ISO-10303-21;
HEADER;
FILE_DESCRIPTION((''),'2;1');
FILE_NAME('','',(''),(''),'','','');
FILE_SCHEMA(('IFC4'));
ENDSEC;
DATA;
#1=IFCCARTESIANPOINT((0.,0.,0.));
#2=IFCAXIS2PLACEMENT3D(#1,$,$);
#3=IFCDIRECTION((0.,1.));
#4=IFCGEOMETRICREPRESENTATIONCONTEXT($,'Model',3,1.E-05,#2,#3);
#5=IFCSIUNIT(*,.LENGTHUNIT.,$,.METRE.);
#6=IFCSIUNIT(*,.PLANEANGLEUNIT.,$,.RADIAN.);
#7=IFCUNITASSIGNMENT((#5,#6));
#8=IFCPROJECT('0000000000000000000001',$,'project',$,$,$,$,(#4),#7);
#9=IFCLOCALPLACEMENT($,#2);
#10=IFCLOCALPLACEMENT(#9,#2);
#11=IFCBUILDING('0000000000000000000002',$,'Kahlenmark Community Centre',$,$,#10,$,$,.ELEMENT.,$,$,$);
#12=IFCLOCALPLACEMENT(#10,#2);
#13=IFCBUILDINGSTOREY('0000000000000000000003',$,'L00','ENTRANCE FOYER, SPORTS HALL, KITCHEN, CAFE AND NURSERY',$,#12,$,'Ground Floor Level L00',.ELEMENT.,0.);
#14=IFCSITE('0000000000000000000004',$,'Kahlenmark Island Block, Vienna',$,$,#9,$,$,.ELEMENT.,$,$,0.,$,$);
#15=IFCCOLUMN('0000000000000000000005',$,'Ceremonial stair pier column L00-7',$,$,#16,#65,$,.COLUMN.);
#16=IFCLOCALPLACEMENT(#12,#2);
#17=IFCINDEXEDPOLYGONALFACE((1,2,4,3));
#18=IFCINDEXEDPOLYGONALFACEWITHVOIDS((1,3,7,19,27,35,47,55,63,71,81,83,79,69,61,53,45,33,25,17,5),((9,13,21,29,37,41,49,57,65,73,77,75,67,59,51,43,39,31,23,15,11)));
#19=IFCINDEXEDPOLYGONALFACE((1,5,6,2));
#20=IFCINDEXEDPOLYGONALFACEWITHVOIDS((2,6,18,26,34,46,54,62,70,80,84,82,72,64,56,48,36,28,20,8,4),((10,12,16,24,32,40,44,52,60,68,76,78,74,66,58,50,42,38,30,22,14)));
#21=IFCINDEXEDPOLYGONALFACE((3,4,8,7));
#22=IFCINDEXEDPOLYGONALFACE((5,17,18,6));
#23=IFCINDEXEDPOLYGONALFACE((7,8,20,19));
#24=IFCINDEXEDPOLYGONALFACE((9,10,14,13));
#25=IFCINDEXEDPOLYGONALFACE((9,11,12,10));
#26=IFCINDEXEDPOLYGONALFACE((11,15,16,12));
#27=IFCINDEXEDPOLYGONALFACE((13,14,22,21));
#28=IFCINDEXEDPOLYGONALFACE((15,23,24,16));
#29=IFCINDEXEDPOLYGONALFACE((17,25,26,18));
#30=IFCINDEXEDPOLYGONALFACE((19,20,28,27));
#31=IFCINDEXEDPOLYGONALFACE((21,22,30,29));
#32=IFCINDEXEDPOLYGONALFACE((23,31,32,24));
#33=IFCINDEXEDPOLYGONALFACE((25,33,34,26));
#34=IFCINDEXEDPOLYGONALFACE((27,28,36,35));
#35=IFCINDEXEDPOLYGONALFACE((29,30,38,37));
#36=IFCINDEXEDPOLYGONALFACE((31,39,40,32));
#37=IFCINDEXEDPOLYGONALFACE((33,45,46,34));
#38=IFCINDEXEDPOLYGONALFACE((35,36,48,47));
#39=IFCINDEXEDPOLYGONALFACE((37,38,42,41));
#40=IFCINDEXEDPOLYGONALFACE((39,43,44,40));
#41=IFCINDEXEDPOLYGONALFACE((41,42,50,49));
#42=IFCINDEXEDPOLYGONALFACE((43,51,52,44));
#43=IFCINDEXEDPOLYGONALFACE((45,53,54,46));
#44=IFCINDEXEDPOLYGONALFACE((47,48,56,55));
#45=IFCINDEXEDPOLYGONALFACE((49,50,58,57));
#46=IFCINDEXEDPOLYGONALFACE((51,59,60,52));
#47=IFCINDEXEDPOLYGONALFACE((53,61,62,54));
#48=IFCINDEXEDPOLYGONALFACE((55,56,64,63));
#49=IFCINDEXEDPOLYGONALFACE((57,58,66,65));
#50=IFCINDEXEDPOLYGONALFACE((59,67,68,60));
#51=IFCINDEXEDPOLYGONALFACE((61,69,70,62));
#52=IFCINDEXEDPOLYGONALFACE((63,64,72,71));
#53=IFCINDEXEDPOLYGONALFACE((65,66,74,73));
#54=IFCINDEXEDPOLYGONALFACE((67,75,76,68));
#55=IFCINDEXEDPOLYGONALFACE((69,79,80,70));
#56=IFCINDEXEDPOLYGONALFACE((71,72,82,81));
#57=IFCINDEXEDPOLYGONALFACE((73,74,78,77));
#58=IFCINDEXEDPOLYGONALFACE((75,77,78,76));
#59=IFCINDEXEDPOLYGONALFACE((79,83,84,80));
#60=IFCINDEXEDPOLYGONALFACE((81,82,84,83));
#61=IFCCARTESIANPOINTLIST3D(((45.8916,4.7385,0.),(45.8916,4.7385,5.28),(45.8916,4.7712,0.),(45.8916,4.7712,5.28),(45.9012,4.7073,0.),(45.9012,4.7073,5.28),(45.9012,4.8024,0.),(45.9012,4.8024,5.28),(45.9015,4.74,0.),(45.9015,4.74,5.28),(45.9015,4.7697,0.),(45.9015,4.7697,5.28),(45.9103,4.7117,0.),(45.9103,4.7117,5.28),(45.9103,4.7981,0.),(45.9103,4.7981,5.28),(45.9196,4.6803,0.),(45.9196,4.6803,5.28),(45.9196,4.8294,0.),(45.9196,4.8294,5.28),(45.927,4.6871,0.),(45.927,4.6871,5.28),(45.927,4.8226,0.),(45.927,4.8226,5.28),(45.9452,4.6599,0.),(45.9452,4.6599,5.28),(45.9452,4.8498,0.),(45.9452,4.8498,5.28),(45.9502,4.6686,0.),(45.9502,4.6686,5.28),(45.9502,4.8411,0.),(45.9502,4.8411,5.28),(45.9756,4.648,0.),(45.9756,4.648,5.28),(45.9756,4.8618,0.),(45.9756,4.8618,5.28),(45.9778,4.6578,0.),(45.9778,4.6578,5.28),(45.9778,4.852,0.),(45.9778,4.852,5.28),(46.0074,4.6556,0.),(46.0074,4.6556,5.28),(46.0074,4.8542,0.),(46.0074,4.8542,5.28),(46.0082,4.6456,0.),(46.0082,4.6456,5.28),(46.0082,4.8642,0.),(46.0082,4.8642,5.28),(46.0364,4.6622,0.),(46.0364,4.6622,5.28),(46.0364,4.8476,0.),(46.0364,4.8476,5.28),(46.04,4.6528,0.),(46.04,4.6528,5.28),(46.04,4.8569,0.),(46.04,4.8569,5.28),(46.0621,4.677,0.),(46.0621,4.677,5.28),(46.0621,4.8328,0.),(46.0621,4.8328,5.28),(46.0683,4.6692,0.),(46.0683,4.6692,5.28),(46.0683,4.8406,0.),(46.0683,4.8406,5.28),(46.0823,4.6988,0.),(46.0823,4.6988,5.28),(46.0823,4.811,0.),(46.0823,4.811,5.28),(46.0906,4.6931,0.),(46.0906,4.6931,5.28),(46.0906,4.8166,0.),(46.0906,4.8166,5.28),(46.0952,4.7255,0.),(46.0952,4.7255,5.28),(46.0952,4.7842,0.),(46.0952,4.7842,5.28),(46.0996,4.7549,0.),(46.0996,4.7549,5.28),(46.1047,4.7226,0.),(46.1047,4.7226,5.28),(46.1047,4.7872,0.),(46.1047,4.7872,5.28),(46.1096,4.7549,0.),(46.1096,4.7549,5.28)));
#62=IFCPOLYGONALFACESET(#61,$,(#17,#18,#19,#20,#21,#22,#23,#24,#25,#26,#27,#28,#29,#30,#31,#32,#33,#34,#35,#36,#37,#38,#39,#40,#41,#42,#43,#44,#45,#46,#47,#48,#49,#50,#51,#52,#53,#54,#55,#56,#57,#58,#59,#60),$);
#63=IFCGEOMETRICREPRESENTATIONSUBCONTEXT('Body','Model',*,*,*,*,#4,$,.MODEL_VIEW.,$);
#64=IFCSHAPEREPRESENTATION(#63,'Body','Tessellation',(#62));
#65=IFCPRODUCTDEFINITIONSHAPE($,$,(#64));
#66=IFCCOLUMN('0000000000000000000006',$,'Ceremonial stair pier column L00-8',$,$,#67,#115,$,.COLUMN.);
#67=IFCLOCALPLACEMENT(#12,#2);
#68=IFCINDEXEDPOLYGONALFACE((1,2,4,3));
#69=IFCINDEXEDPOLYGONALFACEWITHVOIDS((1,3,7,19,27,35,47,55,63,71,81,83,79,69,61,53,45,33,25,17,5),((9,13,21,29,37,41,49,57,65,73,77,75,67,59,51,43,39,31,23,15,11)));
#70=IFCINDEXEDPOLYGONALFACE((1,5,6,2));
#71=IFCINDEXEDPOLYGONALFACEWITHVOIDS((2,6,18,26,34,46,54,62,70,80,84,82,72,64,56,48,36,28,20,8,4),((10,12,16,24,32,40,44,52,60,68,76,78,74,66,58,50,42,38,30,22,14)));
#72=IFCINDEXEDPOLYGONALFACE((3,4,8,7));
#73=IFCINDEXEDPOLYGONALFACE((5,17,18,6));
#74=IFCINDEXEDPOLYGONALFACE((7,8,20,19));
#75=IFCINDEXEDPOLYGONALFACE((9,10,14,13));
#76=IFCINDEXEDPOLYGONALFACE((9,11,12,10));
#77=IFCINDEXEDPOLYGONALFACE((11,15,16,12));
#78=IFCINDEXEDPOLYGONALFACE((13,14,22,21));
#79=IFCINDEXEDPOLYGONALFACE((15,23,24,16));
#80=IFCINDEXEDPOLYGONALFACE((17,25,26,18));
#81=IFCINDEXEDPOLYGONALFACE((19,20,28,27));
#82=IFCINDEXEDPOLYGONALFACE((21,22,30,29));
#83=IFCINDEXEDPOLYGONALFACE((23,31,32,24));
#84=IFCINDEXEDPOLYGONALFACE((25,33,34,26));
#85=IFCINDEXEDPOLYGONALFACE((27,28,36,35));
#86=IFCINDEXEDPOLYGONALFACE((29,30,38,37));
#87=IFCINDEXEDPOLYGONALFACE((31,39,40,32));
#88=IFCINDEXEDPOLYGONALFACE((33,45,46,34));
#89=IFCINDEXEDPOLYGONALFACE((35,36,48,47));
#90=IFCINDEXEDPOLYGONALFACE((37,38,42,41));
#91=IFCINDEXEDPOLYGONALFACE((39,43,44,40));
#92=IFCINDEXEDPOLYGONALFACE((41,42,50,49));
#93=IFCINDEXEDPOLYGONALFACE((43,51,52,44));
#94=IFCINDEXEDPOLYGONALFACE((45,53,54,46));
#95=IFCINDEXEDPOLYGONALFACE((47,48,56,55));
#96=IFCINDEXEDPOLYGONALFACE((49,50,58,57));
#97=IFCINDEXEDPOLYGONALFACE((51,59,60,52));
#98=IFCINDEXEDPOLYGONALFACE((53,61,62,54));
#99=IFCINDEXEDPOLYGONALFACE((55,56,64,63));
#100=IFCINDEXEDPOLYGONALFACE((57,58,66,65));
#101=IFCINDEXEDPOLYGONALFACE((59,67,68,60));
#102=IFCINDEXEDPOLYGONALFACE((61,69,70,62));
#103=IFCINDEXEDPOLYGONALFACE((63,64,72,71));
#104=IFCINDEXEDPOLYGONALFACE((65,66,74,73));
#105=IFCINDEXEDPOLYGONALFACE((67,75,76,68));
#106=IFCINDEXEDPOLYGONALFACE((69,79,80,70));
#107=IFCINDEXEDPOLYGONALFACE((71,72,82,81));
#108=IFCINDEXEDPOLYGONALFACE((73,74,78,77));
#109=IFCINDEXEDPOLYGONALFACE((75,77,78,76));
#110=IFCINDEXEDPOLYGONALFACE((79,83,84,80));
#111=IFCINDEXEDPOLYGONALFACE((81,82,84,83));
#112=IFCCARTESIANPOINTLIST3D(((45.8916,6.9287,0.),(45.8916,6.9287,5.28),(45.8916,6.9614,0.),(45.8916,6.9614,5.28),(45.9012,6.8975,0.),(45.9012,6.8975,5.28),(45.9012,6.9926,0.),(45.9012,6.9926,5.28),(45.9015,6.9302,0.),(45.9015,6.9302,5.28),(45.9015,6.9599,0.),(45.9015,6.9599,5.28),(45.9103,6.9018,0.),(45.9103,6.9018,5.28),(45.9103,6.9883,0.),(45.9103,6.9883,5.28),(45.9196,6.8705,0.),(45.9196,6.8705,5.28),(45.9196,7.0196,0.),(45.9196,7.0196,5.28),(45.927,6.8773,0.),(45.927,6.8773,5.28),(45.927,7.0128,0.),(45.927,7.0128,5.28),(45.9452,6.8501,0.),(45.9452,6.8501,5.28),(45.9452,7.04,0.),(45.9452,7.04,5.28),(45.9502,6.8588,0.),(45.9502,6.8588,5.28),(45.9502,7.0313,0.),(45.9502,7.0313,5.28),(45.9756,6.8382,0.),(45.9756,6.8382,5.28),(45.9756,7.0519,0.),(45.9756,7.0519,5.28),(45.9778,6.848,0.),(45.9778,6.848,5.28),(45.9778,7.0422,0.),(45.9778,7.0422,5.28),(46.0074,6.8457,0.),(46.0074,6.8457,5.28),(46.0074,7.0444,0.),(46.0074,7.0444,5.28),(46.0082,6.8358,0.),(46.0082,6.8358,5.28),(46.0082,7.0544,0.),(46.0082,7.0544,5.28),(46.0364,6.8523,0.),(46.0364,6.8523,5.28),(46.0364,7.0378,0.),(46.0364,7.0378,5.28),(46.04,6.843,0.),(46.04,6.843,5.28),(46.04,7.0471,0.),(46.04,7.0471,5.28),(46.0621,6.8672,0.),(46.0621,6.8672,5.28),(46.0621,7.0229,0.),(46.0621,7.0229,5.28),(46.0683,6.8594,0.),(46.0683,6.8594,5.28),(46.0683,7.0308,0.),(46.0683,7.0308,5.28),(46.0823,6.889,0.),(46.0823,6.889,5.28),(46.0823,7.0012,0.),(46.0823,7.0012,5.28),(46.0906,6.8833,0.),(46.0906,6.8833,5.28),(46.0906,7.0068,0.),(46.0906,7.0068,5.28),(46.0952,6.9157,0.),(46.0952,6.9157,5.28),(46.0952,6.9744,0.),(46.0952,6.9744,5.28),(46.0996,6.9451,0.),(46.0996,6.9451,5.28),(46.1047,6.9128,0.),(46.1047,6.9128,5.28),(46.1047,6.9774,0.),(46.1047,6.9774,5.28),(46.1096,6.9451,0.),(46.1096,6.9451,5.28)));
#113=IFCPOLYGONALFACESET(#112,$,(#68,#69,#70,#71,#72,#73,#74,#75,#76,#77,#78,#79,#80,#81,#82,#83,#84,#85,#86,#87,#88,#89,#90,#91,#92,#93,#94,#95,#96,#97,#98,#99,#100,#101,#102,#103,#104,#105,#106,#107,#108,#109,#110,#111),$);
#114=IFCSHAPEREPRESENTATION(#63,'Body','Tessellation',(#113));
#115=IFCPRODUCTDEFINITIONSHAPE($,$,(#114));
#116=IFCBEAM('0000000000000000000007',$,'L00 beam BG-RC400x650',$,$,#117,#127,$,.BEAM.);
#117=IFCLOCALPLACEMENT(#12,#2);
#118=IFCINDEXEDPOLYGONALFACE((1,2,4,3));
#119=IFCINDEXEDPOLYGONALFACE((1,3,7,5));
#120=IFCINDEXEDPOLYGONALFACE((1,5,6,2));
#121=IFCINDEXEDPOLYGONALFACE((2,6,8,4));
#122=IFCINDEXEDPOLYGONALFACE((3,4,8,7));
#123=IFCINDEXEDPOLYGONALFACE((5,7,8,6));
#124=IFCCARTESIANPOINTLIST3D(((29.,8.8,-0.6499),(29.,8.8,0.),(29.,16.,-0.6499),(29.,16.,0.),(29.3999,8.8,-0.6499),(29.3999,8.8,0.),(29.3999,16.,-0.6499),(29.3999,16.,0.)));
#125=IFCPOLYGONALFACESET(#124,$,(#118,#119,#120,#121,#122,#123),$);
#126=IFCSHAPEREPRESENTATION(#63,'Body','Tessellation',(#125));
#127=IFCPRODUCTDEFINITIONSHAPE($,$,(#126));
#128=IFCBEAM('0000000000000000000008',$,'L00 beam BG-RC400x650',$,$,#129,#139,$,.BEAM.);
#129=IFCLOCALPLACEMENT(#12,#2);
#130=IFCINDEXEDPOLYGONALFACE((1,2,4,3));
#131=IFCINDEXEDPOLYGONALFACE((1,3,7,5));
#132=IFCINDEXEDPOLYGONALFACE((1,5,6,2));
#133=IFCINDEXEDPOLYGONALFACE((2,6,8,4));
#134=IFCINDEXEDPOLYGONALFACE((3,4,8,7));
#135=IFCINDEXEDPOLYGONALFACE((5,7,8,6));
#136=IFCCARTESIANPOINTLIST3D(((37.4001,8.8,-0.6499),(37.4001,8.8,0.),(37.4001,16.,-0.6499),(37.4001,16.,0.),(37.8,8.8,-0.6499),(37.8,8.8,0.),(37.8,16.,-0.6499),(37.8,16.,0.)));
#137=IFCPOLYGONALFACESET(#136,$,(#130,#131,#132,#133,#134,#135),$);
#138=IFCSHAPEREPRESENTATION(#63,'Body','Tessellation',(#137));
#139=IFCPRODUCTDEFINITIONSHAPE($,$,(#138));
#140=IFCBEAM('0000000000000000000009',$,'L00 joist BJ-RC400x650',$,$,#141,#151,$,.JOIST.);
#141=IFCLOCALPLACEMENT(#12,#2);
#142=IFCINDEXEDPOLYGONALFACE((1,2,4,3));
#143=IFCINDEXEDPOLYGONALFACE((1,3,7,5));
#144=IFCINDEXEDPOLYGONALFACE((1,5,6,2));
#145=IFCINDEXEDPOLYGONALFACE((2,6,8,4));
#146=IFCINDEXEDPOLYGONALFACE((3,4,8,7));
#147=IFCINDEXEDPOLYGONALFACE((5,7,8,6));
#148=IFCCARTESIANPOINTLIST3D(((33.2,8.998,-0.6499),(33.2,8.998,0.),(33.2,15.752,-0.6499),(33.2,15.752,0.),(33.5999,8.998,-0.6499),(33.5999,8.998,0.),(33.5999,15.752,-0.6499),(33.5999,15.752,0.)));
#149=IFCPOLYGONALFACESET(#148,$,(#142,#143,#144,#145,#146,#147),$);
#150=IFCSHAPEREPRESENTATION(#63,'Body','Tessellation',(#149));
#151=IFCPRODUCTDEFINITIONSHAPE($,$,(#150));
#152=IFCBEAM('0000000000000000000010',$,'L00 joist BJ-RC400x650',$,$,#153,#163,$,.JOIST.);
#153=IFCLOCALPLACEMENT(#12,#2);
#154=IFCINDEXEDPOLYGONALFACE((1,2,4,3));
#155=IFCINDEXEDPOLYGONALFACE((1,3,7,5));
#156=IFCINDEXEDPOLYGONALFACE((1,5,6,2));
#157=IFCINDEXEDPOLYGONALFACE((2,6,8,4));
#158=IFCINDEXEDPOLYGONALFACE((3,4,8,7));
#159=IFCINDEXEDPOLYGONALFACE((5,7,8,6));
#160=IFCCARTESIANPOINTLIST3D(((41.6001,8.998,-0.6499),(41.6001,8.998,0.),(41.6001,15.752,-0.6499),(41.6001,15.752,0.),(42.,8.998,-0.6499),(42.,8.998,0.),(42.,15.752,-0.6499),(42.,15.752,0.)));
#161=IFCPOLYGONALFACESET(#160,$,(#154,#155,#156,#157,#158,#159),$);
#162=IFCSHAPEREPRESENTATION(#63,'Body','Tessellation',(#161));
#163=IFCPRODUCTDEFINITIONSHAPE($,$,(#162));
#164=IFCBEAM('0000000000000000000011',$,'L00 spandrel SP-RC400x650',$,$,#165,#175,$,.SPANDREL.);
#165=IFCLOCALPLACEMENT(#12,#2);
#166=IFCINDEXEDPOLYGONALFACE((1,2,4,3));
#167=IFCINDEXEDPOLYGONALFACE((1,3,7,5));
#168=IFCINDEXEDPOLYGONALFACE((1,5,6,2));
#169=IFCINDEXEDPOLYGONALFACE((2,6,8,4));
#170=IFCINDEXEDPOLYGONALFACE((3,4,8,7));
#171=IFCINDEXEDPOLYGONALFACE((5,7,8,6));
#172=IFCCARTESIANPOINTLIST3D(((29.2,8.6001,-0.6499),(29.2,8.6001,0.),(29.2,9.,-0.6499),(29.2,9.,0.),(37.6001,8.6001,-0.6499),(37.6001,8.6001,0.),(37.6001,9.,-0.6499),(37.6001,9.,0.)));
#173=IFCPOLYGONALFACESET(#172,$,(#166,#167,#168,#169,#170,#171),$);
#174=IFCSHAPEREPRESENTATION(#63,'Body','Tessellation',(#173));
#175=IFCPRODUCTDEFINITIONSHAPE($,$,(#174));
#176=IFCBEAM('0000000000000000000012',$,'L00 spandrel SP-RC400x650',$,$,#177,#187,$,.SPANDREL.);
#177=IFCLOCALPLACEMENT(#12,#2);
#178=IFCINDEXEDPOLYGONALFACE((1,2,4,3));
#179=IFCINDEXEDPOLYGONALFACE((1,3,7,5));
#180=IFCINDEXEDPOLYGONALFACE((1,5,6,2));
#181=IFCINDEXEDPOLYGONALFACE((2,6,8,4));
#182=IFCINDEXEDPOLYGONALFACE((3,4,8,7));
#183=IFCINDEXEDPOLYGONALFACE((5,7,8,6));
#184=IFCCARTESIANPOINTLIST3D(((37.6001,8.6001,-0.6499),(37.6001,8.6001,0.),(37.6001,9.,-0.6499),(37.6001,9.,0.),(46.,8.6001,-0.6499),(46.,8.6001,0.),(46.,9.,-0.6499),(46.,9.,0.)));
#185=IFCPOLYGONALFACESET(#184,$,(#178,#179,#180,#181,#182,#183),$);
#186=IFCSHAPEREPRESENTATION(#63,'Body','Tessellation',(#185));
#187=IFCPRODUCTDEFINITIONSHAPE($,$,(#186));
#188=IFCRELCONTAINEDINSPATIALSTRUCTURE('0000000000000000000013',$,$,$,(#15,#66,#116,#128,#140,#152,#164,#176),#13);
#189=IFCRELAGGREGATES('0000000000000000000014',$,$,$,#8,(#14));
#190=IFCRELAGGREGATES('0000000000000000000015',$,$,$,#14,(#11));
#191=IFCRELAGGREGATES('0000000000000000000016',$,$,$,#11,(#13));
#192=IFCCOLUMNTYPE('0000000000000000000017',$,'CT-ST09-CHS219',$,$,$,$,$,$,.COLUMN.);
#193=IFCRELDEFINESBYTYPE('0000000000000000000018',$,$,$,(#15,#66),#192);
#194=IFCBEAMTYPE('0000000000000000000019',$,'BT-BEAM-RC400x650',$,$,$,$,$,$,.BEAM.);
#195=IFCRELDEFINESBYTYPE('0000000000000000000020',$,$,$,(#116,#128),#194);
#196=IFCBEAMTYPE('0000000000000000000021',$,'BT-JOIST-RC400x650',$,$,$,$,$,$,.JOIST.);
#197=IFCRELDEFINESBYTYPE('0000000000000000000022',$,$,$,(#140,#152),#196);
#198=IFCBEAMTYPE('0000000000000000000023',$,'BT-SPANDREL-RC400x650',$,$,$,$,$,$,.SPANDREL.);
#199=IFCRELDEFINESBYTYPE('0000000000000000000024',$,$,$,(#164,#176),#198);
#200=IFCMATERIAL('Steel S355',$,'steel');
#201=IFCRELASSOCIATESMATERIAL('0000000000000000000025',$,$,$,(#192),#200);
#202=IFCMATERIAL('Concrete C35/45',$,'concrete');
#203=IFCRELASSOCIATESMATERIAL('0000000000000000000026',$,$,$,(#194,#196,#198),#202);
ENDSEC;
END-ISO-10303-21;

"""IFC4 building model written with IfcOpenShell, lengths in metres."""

from ifc_helpers import new_model, si_unit, direction, frame, origin, origin_2d, place, context, subcontext, project, spatial, rectangle, hollow_circle, extrude, material, material_profile, profile_set, type_object, element, save


model = new_model("IFC4")

# Units and contexts
model_context = context("Model", 3, precision=1e-05, world=origin(), true_north=direction((0.0, 1.0)))
body_context = subcontext(model_context, "Body", "Model", "MODEL_VIEW")
ifc_project = project(units=[si_unit("LENGTHUNIT", "METRE"), si_unit("PLANEANGLEUNIT", "RADIAN")], contexts=[model_context])

# Site, building, storey
site_placement = place(None, origin())
site = spatial("IfcSite", under=ifc_project, at=site_placement, Name="Kahlenmark Island Block, Vienna", CompositionType="ELEMENT", RefElevation=0.0)
building_placement = place(site_placement, origin())
building = spatial("IfcBuilding", under=site, at=building_placement, Name="Kahlenmark Community Centre", CompositionType="ELEMENT")
storey_placement = place(building_placement, origin())
storey = spatial("IfcBuildingStorey", under=building, at=storey_placement, Name="L00", Description="ENTRANCE FOYER, SPORTS HALL, KITCHEN, CAFE AND NURSERY", LongName="Ground Floor Level L00", CompositionType="ELEMENT", Elevation=0.0)

# Columns
ifc_material_1 = material(Name="Concrete C35/45", Category="concrete")
ifc_material_2 = material(Name="Steel S355", Category="steel")
ifc_material_profile_1 = material_profile(ifc_material_2, hollow_circle(Radius=0.1096, WallThickness=0.01, at=origin_2d()), Name="CHS 219.1x10")
ifc_profile_set_1 = profile_set([ifc_material_profile_1], Name="Steel S355")
column_type_1 = type_object("IfcColumnType", Name="CT-ST09-CHS219", PredefinedType="COLUMN", material=ifc_profile_set_1)
for number, where, z_axis, x_axis, name in (
    (1, (46.0, 4.7549, 0.0), (0.0, 0.0, 1.0), (1.0, 0.0, 0.0), "Ceremonial stair pier column L00-7"),
    (2, (46.0, 6.9451, 0.0), (0.0, 0.0, 1.0), (1.0, 0.0, 0.0), "Ceremonial stair pier column L00-8"),
):
    element("IfcColumn", number, at=place(storey_placement, frame(where, z_axis=z_axis, x_axis=x_axis)), inside=storey, type_object=column_type_1, Name=name, PredefinedType="COLUMN", context=body_context, shape_type="SweptSolid", body=[
        extrude(hollow_circle(Radius=0.1096, WallThickness=0.01, at=origin_2d()), origin(), (0.0, 0.0, 1.0), 5.28),
    ])

# Beams
ifc_material_profile_2 = material_profile(ifc_material_1, rectangle(XDim=0.3999, YDim=0.6499, at=origin_2d()), Name="RC 400x650")
ifc_profile_set_2 = profile_set([ifc_material_profile_2], Name="Concrete C35/45")
beam_type_1 = type_object("IfcBeamType", Name="BT-BEAM-RC400x650", PredefinedType="BEAM", material=ifc_profile_set_2)
for number, where, z_axis, x_axis, name in (
    (3, (29.2, 8.8, -0.325), (0.0, 1.0, 0.0), (-1.0, 0.0, 0.0), "L00 beam BG-RC400x650"),
    (4, (37.6001, 8.8, -0.325), (0.0, 1.0, 0.0), (-1.0, 0.0, 0.0), "L00 beam BG-RC400x650"),
):
    element("IfcBeam", number, at=place(storey_placement, frame(where, z_axis=z_axis, x_axis=x_axis)), inside=storey, type_object=beam_type_1, Name=name, PredefinedType="BEAM", context=body_context, shape_type="SweptSolid", body=[
        extrude(rectangle(XDim=0.3999, YDim=0.6499, at=origin_2d()), origin(), (0.0, 0.0, 1.0), 7.2),
    ])
ifc_material_profile_3 = material_profile(ifc_material_1, rectangle(XDim=0.3999, YDim=0.6499, at=origin_2d()), Name="RC 400x650")
ifc_profile_set_3 = profile_set([ifc_material_profile_3], Name="Concrete C35/45")
beam_type_2 = type_object("IfcBeamType", Name="BT-JOIST-RC400x650", PredefinedType="JOIST", material=ifc_profile_set_3)
for number, where, z_axis, x_axis, name in (
    (5, (33.3999, 8.998, -0.325), (0.0, 1.0, 0.0), (-1.0, 0.0, 0.0), "L00 joist BJ-RC400x650"),
    (6, (41.8, 8.998, -0.325), (0.0, 1.0, 0.0), (-1.0, 0.0, 0.0), "L00 joist BJ-RC400x650"),
):
    element("IfcBeam", number, at=place(storey_placement, frame(where, z_axis=z_axis, x_axis=x_axis)), inside=storey, type_object=beam_type_2, Name=name, PredefinedType="JOIST", context=body_context, shape_type="SweptSolid", body=[
        extrude(rectangle(XDim=0.3999, YDim=0.6499, at=origin_2d()), origin(), (0.0, 0.0, 1.0), 6.7539),
    ])
ifc_material_profile_4 = material_profile(ifc_material_1, rectangle(XDim=0.3999, YDim=0.6499, at=origin_2d()), Name="RC 400x650")
ifc_profile_set_4 = profile_set([ifc_material_profile_4], Name="Concrete C35/45")
beam_type_3 = type_object("IfcBeamType", Name="BT-SPANDREL-RC400x650", PredefinedType="SPANDREL", material=ifc_profile_set_4)
beam_1_placement = place(storey_placement, frame((29.2, 8.8, -0.325), z_axis=(1.0, 0.0, 0.0), x_axis=(0.0, 1.0, 0.0)))
element("IfcBeam", 7, at=beam_1_placement, inside=storey, type_object=beam_type_3, Name="L00 spandrel SP-RC400x650", PredefinedType="SPANDREL", context=body_context, shape_type="SweptSolid", body=[
    extrude(rectangle(XDim=0.3999, YDim=0.6499, at=origin_2d()), origin(), (0.0, 0.0, 1.0), 8.4001),
])
beam_2_placement = place(storey_placement, frame((37.6001, 8.8, -0.325), z_axis=(1.0, 0.0, 0.0), x_axis=(0.0, 1.0, 0.0)))
element("IfcBeam", 8, at=beam_2_placement, inside=storey, type_object=beam_type_3, Name="L00 spandrel SP-RC400x650", PredefinedType="SPANDREL", context=body_context, shape_type="SweptSolid", body=[
    extrude(rectangle(XDim=0.3999, YDim=0.6499, at=origin_2d()), origin(), (0.0, 0.0, 1.0), 8.3999),
])

save(model, "model.ifc")
